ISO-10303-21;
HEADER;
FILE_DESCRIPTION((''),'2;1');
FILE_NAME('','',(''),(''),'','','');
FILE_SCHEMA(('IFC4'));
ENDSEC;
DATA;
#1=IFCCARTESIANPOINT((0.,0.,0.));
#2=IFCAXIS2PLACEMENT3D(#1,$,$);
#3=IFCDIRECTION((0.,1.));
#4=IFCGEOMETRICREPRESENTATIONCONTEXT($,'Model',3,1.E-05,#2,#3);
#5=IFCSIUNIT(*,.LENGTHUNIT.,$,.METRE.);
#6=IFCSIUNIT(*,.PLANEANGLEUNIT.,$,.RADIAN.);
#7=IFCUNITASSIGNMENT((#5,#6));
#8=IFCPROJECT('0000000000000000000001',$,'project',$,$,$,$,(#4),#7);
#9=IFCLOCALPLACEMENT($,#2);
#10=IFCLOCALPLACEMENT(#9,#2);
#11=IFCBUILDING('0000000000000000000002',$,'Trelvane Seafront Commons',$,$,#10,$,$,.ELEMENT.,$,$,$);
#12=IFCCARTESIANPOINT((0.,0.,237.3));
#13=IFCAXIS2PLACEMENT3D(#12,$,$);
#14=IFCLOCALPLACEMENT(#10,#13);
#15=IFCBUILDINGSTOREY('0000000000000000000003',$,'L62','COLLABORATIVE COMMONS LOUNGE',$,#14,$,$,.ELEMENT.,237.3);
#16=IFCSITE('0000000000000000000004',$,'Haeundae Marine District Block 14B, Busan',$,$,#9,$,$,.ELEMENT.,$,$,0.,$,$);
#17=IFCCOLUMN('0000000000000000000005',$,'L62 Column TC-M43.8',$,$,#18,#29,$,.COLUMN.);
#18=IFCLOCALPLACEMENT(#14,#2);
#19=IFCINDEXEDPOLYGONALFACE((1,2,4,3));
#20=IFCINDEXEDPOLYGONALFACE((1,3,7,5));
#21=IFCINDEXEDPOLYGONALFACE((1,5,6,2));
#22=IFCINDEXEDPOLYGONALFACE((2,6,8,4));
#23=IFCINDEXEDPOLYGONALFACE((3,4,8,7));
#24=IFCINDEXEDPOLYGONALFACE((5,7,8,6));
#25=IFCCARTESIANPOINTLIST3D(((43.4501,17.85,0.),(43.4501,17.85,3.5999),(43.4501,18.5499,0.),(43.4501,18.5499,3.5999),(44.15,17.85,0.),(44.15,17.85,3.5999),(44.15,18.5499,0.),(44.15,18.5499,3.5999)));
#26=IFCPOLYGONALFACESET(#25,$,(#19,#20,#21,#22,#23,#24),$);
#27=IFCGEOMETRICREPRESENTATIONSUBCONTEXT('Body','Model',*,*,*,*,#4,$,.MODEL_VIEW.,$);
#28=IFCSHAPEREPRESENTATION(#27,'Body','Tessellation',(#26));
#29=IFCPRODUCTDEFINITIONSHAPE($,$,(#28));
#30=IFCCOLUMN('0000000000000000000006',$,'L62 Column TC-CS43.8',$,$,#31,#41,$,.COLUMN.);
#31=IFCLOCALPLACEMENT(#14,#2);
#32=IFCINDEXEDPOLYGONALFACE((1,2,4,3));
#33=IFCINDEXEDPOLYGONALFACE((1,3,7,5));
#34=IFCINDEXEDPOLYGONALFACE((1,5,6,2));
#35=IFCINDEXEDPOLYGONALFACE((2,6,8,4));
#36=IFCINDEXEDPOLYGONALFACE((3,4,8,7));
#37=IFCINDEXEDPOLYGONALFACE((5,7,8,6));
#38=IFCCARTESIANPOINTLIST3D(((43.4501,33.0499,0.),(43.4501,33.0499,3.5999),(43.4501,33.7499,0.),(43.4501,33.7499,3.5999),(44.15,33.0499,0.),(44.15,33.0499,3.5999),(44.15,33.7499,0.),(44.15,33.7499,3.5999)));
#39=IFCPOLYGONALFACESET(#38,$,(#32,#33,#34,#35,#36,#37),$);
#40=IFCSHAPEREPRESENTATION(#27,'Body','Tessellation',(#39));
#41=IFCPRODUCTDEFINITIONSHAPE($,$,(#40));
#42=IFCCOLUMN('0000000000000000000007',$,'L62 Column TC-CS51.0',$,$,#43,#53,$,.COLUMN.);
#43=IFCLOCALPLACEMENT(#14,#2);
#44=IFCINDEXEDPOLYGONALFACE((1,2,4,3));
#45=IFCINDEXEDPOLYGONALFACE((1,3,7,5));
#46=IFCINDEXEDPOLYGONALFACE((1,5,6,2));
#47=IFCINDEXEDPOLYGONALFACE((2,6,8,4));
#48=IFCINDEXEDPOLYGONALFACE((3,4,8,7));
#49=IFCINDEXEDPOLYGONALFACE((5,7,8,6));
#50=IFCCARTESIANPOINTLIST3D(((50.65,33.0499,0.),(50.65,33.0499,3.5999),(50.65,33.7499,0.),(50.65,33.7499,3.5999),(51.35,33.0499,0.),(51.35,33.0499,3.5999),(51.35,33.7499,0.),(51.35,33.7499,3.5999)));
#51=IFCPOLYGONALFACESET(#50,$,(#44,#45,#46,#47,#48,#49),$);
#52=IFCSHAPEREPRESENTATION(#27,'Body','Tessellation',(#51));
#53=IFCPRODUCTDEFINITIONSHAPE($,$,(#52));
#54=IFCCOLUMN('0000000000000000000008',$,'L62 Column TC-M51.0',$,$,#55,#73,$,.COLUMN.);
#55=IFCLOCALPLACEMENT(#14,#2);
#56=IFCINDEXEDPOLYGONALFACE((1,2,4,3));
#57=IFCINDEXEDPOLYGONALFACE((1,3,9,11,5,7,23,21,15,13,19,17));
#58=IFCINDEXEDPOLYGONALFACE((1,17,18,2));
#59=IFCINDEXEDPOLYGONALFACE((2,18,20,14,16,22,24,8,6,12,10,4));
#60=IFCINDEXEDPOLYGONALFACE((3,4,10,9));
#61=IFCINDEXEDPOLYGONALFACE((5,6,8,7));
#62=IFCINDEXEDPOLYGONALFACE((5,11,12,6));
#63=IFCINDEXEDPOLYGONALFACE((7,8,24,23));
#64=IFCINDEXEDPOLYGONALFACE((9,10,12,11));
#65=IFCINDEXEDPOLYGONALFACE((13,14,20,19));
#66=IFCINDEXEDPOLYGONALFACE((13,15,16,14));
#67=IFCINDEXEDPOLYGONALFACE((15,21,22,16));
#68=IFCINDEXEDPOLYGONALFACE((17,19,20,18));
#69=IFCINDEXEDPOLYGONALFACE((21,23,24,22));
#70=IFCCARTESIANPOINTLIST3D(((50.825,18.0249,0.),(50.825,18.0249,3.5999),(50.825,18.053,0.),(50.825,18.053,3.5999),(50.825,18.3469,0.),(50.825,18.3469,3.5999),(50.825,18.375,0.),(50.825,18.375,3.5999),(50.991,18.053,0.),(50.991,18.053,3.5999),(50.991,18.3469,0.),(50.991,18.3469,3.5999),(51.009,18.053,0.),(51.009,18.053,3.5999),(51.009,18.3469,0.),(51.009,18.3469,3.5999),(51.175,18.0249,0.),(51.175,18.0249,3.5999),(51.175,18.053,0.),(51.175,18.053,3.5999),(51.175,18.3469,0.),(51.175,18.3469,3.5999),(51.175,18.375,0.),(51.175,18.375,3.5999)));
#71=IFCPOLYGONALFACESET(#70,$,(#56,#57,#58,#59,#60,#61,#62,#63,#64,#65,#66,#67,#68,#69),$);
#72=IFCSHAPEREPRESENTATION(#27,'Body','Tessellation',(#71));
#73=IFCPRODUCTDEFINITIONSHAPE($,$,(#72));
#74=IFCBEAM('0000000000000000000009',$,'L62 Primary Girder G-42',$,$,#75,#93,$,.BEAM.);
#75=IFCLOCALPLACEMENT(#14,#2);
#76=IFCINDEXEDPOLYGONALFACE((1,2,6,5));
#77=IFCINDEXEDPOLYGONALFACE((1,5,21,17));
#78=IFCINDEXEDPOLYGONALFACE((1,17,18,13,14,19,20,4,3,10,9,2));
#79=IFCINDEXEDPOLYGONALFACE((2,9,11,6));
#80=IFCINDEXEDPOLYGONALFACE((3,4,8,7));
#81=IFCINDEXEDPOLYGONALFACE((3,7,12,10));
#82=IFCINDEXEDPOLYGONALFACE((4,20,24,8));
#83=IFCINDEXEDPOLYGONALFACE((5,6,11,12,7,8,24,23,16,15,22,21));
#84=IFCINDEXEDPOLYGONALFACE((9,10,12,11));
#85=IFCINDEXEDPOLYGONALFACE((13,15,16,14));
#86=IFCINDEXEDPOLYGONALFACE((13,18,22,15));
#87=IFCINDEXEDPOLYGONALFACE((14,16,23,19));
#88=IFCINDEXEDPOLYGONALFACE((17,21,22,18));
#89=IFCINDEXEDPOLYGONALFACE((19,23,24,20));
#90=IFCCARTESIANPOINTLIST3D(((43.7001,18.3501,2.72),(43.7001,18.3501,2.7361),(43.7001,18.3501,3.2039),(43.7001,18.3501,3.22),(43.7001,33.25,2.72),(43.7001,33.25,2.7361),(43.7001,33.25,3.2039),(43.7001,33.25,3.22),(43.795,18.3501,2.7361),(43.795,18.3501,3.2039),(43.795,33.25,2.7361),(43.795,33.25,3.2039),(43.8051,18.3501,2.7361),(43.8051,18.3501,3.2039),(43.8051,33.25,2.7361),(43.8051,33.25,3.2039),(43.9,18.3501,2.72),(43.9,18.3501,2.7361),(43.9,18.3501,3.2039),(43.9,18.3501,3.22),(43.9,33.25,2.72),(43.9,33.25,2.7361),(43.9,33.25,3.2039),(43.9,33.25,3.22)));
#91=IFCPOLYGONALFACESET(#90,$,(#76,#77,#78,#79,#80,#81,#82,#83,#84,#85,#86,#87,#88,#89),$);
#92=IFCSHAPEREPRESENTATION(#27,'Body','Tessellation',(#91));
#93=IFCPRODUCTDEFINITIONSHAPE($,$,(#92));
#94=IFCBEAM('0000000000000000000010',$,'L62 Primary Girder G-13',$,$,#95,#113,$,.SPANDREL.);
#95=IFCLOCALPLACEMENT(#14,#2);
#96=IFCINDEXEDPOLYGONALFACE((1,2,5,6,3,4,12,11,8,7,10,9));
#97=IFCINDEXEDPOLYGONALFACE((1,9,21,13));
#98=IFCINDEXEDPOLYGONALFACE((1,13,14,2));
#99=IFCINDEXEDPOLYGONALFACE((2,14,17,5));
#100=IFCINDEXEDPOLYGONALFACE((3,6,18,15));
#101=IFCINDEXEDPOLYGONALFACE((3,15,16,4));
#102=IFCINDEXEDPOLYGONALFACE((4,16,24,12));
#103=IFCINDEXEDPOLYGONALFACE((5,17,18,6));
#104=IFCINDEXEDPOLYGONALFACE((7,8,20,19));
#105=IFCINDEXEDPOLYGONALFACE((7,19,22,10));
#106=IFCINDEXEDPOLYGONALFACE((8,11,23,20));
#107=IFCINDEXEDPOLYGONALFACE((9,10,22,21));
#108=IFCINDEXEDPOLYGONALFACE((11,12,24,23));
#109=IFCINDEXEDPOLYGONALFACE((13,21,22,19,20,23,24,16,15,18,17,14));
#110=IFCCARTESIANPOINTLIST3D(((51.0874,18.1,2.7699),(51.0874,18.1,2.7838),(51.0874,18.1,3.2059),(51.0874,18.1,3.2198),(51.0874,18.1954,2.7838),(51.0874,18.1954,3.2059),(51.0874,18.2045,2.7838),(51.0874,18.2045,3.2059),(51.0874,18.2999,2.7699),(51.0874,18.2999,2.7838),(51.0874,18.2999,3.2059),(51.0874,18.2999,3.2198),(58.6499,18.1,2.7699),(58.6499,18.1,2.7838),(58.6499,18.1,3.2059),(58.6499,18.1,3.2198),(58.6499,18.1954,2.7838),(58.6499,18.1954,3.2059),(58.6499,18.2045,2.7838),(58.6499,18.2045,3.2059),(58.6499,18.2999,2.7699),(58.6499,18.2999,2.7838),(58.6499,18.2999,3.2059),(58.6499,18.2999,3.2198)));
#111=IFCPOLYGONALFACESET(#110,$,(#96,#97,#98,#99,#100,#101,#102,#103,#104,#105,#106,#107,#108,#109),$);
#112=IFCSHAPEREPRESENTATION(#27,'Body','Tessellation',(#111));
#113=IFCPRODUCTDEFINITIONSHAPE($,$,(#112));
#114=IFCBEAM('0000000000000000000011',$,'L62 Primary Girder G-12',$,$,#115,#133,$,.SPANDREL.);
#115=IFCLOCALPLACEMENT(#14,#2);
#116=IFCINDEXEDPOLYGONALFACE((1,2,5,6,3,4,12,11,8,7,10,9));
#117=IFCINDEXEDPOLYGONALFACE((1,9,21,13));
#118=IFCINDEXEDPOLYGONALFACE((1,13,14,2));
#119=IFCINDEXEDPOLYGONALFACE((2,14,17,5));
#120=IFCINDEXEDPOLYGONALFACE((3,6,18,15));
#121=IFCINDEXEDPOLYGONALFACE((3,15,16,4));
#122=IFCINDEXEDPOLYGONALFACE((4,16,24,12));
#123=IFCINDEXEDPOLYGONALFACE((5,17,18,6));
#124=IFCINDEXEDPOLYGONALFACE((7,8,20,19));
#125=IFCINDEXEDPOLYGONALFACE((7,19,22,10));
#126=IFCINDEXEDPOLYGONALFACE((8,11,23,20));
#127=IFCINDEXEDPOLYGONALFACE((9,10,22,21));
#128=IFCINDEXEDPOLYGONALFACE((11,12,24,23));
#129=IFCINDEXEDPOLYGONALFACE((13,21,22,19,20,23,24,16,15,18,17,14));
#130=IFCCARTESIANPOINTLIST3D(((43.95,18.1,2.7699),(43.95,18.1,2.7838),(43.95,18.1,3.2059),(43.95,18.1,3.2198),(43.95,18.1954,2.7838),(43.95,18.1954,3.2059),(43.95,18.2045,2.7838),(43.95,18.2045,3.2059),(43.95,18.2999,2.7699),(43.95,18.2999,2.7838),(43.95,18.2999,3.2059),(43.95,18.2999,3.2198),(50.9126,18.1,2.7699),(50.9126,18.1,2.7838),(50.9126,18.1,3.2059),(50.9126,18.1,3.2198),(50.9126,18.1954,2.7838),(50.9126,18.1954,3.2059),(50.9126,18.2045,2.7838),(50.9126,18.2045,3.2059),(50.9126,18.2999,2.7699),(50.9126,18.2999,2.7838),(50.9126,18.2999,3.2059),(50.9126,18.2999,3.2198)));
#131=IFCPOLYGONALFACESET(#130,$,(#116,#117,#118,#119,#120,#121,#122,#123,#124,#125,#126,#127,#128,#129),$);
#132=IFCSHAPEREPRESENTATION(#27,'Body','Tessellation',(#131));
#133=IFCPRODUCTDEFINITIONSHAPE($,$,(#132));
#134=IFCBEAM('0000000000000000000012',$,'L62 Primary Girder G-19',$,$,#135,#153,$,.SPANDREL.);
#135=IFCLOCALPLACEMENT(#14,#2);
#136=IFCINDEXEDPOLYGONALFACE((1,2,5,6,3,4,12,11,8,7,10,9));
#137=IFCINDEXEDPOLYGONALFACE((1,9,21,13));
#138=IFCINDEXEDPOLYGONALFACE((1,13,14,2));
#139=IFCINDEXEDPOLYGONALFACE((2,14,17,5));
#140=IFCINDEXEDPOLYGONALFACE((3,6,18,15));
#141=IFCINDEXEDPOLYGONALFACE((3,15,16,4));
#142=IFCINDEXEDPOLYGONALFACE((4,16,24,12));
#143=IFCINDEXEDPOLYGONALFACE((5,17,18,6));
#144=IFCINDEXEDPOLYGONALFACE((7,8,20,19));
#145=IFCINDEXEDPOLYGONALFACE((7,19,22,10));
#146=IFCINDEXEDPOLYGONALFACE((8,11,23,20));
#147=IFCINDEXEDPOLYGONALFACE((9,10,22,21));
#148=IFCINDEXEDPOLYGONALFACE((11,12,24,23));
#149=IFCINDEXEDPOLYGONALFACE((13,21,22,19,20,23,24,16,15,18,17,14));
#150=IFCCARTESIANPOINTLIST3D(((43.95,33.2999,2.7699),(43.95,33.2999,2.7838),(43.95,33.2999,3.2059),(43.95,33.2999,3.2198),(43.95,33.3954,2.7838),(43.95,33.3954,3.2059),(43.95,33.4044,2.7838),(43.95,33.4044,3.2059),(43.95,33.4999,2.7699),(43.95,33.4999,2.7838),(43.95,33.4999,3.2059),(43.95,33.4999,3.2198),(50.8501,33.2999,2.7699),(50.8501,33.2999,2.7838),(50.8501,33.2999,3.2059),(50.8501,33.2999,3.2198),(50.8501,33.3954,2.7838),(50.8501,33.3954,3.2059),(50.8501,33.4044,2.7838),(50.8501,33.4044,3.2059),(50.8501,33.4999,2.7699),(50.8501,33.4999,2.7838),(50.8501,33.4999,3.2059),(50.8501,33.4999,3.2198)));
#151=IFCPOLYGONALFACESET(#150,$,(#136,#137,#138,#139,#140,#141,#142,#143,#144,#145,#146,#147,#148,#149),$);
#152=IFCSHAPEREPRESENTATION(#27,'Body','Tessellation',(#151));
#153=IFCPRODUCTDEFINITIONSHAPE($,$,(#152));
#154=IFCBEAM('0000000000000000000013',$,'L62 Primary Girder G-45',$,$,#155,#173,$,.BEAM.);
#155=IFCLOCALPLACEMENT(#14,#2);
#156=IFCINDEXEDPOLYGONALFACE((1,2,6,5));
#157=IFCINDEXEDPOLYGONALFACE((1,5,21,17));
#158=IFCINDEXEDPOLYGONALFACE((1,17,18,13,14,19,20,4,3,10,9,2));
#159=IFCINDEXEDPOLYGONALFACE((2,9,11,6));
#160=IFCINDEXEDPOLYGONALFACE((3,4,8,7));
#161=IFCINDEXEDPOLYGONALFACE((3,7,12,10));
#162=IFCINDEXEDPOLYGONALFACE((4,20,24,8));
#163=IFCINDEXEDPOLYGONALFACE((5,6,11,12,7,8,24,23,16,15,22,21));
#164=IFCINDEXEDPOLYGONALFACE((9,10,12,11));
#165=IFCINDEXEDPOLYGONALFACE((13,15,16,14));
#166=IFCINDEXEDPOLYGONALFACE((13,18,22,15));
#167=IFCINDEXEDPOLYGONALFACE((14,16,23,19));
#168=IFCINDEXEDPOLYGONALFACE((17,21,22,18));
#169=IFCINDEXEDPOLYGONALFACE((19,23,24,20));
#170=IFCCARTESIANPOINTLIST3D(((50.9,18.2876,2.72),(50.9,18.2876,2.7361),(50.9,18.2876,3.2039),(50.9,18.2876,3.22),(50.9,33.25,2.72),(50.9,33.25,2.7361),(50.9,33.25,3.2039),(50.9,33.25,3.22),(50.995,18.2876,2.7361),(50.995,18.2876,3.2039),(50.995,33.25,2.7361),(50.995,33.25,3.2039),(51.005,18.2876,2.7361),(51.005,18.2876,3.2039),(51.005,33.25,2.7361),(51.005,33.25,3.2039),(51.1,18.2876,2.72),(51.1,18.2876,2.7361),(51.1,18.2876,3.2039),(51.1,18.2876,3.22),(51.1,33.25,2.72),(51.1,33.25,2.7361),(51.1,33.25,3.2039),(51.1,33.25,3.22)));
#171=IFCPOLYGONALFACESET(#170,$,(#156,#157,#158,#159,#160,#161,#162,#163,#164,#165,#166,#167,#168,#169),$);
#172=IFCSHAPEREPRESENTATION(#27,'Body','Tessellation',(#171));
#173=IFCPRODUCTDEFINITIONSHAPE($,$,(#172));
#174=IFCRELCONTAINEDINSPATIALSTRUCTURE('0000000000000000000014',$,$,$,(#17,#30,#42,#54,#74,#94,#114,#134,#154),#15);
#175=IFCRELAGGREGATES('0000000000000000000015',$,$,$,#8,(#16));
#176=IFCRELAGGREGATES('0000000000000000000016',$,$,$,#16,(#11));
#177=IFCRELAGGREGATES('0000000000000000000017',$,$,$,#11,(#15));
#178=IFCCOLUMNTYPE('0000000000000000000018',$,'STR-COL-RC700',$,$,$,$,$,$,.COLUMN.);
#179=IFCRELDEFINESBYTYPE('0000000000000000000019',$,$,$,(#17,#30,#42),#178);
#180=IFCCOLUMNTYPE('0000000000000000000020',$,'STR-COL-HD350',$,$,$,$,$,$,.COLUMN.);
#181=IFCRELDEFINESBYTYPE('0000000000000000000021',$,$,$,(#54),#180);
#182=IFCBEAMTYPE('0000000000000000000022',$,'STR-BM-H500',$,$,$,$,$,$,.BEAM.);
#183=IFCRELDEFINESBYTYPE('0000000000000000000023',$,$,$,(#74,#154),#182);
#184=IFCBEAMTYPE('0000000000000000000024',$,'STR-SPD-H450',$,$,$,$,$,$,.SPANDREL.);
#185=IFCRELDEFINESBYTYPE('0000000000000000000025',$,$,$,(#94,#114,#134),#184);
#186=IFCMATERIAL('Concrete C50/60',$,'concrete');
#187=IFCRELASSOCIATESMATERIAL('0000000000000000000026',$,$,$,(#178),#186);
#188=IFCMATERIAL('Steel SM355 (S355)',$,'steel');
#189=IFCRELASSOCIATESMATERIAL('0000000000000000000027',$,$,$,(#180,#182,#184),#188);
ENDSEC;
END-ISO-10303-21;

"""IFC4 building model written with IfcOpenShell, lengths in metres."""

from ifc_helpers import new_model, si_unit, direction, frame, origin, origin_2d, place, context, subcontext, project, spatial, rectangle, i_section, extrude, source, transform, mapped, material, material_profile, profile_set, type_object, element, save


model = new_model("IFC4")

# Units and contexts
model_context = context("Model", 3, precision=1e-05, world=origin(), true_north=direction((0.0, 1.0)))
body_context = subcontext(model_context, "Body", "Model", "MODEL_VIEW")
ifc_project = project(units=[si_unit("LENGTHUNIT", "METRE"), si_unit("PLANEANGLEUNIT", "RADIAN")], contexts=[model_context])

# Site, building, storey
site_placement = place(None, origin())
site = spatial("IfcSite", under=ifc_project, at=site_placement, Name="Haeundae Marine District Block 14B, Busan", CompositionType="ELEMENT", RefElevation=0.0)
building_placement = place(site_placement, origin())
building = spatial("IfcBuilding", under=site, at=building_placement, Name="Trelvane Seafront Commons", CompositionType="ELEMENT")
storey_placement = place(building_placement, frame((0.0, 0.0, 237.3)))
storey = spatial("IfcBuildingStorey", under=building, at=storey_placement, Name="L62", Description="COLLABORATIVE COMMONS LOUNGE", CompositionType="ELEMENT", Elevation=237.3)

# Columns
ifc_material_1 = material(Name="Concrete C50/60", Category="concrete")
ifc_material_profile_1 = material_profile(ifc_material_1, rectangle(XDim=0.7, YDim=0.7, at=origin_2d()), Name="RC-700x700")
ifc_profile_set_1 = profile_set([ifc_material_profile_1], Name="Concrete C50/60")
column_type_1 = type_object("IfcColumnType", Name="STR-COL-RC700", PredefinedType="COLUMN", material=ifc_profile_set_1)
shared_shape_1 = source(origin(), body_context, "Body", "SweptSolid", [
    extrude(rectangle(XDim=0.7, YDim=0.7, at=origin_2d()), origin(), (0.0, 0.0, 1.0), 3.5999),
])
for number, where, z_axis, x_axis, name in (
    (1, (43.8, 18.2, 0.0), (0.0, 0.0, 1.0), (1.0, 0.0, 0.0), "L62 Column TC-M43.8"),
    (2, (43.8, 33.3999, 0.0), (0.0, 0.0, 1.0), (1.0, 0.0, 0.0), "L62 Column TC-CS43.8"),
    (3, (51.0, 33.3999, 0.0), (0.0, 0.0, 1.0), (1.0, 0.0, 0.0), "L62 Column TC-CS51.0"),
):
    element("IfcColumn", number, at=place(storey_placement, frame(where, z_axis=z_axis, x_axis=x_axis)), inside=storey, type_object=column_type_1, Name=name, PredefinedType="COLUMN", context=body_context, shape_type="MappedRepresentation", body=[
        mapped(shared_shape_1, transform((0.0, 0.0, 0.0), x_axis=(1.0, 0.0, 0.0), y_axis=(0.0, 1.0, 0.0), z_axis=(0.0, 0.0, 1.0), scale=1.0)),
    ])
ifc_material_2 = material(Name="Steel SM355 (S355)", Category="steel")
ifc_material_profile_2 = material_profile(ifc_material_2, i_section(OverallWidth=0.3501, OverallDepth=0.3501, WebThickness=0.0181, FlangeThickness=0.0281, at=origin_2d()), Name="HD-350x350x18x28")
ifc_profile_set_2 = profile_set([ifc_material_profile_2], Name="Steel SM355 (S355)")
column_type_2 = type_object("IfcColumnType", Name="STR-COL-HD350", PredefinedType="COLUMN", material=ifc_profile_set_2)
shared_shape_2 = source(origin(), body_context, "Body", "SweptSolid", [
    extrude(i_section(OverallWidth=0.3501, OverallDepth=0.3501, WebThickness=0.0181, FlangeThickness=0.0281, at=origin_2d()), origin(), (0.0, 0.0, 1.0), 3.5999),
])
column_placement = place(storey_placement, frame((51.0, 18.2, 0.0), z_axis=(0.0, 0.0, 1.0), x_axis=(1.0, 0.0, 0.0)))
element("IfcColumn", 4, at=column_placement, inside=storey, type_object=column_type_2, Name="L62 Column TC-M51.0", PredefinedType="COLUMN", context=body_context, shape_type="MappedRepresentation", body=[
    mapped(shared_shape_2, transform((0.0, 0.0, 0.0), x_axis=(1.0, 0.0, 0.0), y_axis=(0.0, 1.0, 0.0), z_axis=(0.0, 0.0, 1.0), scale=1.0)),
])

# Beams
ifc_material_profile_3 = material_profile(ifc_material_2, i_section(OverallWidth=0.2, OverallDepth=0.5, WebThickness=0.01, FlangeThickness=0.0161, at=origin_2d()), Name="H-500x200x10x16")
ifc_profile_set_3 = profile_set([ifc_material_profile_3], Name="Steel SM355 (S355)")
beam_type_1 = type_object("IfcBeamType", Name="STR-BM-H500", PredefinedType="BEAM", material=ifc_profile_set_3)
shared_shape_3 = source(origin(), body_context, "Body", "SweptSolid", [
    extrude(i_section(OverallWidth=0.2, OverallDepth=0.5, WebThickness=0.01, FlangeThickness=0.0161, at=origin_2d()), origin(), (0.0, 0.0, 1.0), 14.8999),
])
beam_1_placement = place(storey_placement, frame((43.8, 18.3501, 2.97), z_axis=(0.0, 1.0, 0.0), x_axis=(-1.0, 0.0, 0.0)))
element("IfcBeam", 5, at=beam_1_placement, inside=storey, type_object=beam_type_1, Name="L62 Primary Girder G-42", PredefinedType="BEAM", context=body_context, shape_type="MappedRepresentation", body=[
    mapped(shared_shape_3, transform((0.0, 0.0, 0.0), x_axis=(1.0, 0.0, 0.0), y_axis=(0.0, 1.0, 0.0), z_axis=(0.0, 0.0, 1.0), scale=1.0)),
])
ifc_material_profile_4 = material_profile(ifc_material_2, i_section(OverallWidth=0.2, OverallDepth=0.45, WebThickness=0.009, FlangeThickness=0.0139, at=origin_2d()), Name="H-450x200x9x14")
ifc_profile_set_4 = profile_set([ifc_material_profile_4], Name="Steel SM355 (S355)")
beam_type_2 = type_object("IfcBeamType", Name="STR-SPD-H450", PredefinedType="SPANDREL", material=ifc_profile_set_4)
shared_shape_4 = source(origin(), body_context, "Body", "SweptSolid", [
    extrude(i_section(OverallWidth=0.2, OverallDepth=0.45, WebThickness=0.009, FlangeThickness=0.0139, at=origin_2d()), origin(), (0.0, 0.0, 1.0), 7.5625),
])
beam_2_placement = place(storey_placement, frame((51.0874, 18.2, 2.9949), z_axis=(1.0, 0.0, 0.0), x_axis=(0.0, 1.0, 0.0)))
element("IfcBeam", 6, at=beam_2_placement, inside=storey, type_object=beam_type_2, Name="L62 Primary Girder G-13", PredefinedType="SPANDREL", context=body_context, shape_type="MappedRepresentation", body=[
    mapped(shared_shape_4, transform((0.0, 0.0, 0.0), x_axis=(1.0, 0.0, 0.0), y_axis=(0.0, 1.0, 0.0), z_axis=(0.0, 0.0, 1.0), scale=1.0)),
])
shared_shape_5 = source(origin(), body_context, "Body", "SweptSolid", [
    extrude(i_section(OverallWidth=0.2, OverallDepth=0.45, WebThickness=0.009, FlangeThickness=0.0139, at=origin_2d()), origin(), (0.0, 0.0, 1.0), 6.9626),
])
beam_3_placement = place(storey_placement, frame((43.95, 18.2, 2.9949), z_axis=(1.0, 0.0, 0.0), x_axis=(0.0, 1.0, 0.0)))
element("IfcBeam", 7, at=beam_3_placement, inside=storey, type_object=beam_type_2, Name="L62 Primary Girder G-12", PredefinedType="SPANDREL", context=body_context, shape_type="MappedRepresentation", body=[
    mapped(shared_shape_5, transform((0.0, 0.0, 0.0), x_axis=(1.0, 0.0, 0.0), y_axis=(0.0, 1.0, 0.0), z_axis=(0.0, 0.0, 1.0), scale=1.0)),
])
shared_shape_6 = source(origin(), body_context, "Body", "SweptSolid", [
    extrude(i_section(OverallWidth=0.2, OverallDepth=0.45, WebThickness=0.009, FlangeThickness=0.0139, at=origin_2d()), origin(), (0.0, 0.0, 1.0), 6.9001),
])
beam_4_placement = place(storey_placement, frame((43.95, 33.3999, 2.9949), z_axis=(1.0, 0.0, 0.0), x_axis=(0.0, 1.0, 0.0)))
element("IfcBeam", 8, at=beam_4_placement, inside=storey, type_object=beam_type_2, Name="L62 Primary Girder G-19", PredefinedType="SPANDREL", context=body_context, shape_type="MappedRepresentation", body=[
    mapped(shared_shape_6, transform((0.0, 0.0, 0.0), x_axis=(1.0, 0.0, 0.0), y_axis=(0.0, 1.0, 0.0), z_axis=(0.0, 0.0, 1.0), scale=1.0)),
])
shared_shape_7 = source(origin(), body_context, "Body", "SweptSolid", [
    extrude(i_section(OverallWidth=0.2, OverallDepth=0.5, WebThickness=0.01, FlangeThickness=0.0161, at=origin_2d()), origin(), (0.0, 0.0, 1.0), 14.9624),
])
beam_5_placement = place(storey_placement, frame((51.0, 18.2876, 2.97), z_axis=(0.0, 1.0, 0.0), x_axis=(-1.0, 0.0, 0.0)))
element("IfcBeam", 9, at=beam_5_placement, inside=storey, type_object=beam_type_1, Name="L62 Primary Girder G-45", PredefinedType="BEAM", context=body_context, shape_type="MappedRepresentation", body=[
    mapped(shared_shape_7, transform((0.0, 0.0, 0.0), x_axis=(1.0, 0.0, 0.0), y_axis=(0.0, 1.0, 0.0), z_axis=(0.0, 0.0, 1.0), scale=1.0)),
])

save(model, "model.ifc")
